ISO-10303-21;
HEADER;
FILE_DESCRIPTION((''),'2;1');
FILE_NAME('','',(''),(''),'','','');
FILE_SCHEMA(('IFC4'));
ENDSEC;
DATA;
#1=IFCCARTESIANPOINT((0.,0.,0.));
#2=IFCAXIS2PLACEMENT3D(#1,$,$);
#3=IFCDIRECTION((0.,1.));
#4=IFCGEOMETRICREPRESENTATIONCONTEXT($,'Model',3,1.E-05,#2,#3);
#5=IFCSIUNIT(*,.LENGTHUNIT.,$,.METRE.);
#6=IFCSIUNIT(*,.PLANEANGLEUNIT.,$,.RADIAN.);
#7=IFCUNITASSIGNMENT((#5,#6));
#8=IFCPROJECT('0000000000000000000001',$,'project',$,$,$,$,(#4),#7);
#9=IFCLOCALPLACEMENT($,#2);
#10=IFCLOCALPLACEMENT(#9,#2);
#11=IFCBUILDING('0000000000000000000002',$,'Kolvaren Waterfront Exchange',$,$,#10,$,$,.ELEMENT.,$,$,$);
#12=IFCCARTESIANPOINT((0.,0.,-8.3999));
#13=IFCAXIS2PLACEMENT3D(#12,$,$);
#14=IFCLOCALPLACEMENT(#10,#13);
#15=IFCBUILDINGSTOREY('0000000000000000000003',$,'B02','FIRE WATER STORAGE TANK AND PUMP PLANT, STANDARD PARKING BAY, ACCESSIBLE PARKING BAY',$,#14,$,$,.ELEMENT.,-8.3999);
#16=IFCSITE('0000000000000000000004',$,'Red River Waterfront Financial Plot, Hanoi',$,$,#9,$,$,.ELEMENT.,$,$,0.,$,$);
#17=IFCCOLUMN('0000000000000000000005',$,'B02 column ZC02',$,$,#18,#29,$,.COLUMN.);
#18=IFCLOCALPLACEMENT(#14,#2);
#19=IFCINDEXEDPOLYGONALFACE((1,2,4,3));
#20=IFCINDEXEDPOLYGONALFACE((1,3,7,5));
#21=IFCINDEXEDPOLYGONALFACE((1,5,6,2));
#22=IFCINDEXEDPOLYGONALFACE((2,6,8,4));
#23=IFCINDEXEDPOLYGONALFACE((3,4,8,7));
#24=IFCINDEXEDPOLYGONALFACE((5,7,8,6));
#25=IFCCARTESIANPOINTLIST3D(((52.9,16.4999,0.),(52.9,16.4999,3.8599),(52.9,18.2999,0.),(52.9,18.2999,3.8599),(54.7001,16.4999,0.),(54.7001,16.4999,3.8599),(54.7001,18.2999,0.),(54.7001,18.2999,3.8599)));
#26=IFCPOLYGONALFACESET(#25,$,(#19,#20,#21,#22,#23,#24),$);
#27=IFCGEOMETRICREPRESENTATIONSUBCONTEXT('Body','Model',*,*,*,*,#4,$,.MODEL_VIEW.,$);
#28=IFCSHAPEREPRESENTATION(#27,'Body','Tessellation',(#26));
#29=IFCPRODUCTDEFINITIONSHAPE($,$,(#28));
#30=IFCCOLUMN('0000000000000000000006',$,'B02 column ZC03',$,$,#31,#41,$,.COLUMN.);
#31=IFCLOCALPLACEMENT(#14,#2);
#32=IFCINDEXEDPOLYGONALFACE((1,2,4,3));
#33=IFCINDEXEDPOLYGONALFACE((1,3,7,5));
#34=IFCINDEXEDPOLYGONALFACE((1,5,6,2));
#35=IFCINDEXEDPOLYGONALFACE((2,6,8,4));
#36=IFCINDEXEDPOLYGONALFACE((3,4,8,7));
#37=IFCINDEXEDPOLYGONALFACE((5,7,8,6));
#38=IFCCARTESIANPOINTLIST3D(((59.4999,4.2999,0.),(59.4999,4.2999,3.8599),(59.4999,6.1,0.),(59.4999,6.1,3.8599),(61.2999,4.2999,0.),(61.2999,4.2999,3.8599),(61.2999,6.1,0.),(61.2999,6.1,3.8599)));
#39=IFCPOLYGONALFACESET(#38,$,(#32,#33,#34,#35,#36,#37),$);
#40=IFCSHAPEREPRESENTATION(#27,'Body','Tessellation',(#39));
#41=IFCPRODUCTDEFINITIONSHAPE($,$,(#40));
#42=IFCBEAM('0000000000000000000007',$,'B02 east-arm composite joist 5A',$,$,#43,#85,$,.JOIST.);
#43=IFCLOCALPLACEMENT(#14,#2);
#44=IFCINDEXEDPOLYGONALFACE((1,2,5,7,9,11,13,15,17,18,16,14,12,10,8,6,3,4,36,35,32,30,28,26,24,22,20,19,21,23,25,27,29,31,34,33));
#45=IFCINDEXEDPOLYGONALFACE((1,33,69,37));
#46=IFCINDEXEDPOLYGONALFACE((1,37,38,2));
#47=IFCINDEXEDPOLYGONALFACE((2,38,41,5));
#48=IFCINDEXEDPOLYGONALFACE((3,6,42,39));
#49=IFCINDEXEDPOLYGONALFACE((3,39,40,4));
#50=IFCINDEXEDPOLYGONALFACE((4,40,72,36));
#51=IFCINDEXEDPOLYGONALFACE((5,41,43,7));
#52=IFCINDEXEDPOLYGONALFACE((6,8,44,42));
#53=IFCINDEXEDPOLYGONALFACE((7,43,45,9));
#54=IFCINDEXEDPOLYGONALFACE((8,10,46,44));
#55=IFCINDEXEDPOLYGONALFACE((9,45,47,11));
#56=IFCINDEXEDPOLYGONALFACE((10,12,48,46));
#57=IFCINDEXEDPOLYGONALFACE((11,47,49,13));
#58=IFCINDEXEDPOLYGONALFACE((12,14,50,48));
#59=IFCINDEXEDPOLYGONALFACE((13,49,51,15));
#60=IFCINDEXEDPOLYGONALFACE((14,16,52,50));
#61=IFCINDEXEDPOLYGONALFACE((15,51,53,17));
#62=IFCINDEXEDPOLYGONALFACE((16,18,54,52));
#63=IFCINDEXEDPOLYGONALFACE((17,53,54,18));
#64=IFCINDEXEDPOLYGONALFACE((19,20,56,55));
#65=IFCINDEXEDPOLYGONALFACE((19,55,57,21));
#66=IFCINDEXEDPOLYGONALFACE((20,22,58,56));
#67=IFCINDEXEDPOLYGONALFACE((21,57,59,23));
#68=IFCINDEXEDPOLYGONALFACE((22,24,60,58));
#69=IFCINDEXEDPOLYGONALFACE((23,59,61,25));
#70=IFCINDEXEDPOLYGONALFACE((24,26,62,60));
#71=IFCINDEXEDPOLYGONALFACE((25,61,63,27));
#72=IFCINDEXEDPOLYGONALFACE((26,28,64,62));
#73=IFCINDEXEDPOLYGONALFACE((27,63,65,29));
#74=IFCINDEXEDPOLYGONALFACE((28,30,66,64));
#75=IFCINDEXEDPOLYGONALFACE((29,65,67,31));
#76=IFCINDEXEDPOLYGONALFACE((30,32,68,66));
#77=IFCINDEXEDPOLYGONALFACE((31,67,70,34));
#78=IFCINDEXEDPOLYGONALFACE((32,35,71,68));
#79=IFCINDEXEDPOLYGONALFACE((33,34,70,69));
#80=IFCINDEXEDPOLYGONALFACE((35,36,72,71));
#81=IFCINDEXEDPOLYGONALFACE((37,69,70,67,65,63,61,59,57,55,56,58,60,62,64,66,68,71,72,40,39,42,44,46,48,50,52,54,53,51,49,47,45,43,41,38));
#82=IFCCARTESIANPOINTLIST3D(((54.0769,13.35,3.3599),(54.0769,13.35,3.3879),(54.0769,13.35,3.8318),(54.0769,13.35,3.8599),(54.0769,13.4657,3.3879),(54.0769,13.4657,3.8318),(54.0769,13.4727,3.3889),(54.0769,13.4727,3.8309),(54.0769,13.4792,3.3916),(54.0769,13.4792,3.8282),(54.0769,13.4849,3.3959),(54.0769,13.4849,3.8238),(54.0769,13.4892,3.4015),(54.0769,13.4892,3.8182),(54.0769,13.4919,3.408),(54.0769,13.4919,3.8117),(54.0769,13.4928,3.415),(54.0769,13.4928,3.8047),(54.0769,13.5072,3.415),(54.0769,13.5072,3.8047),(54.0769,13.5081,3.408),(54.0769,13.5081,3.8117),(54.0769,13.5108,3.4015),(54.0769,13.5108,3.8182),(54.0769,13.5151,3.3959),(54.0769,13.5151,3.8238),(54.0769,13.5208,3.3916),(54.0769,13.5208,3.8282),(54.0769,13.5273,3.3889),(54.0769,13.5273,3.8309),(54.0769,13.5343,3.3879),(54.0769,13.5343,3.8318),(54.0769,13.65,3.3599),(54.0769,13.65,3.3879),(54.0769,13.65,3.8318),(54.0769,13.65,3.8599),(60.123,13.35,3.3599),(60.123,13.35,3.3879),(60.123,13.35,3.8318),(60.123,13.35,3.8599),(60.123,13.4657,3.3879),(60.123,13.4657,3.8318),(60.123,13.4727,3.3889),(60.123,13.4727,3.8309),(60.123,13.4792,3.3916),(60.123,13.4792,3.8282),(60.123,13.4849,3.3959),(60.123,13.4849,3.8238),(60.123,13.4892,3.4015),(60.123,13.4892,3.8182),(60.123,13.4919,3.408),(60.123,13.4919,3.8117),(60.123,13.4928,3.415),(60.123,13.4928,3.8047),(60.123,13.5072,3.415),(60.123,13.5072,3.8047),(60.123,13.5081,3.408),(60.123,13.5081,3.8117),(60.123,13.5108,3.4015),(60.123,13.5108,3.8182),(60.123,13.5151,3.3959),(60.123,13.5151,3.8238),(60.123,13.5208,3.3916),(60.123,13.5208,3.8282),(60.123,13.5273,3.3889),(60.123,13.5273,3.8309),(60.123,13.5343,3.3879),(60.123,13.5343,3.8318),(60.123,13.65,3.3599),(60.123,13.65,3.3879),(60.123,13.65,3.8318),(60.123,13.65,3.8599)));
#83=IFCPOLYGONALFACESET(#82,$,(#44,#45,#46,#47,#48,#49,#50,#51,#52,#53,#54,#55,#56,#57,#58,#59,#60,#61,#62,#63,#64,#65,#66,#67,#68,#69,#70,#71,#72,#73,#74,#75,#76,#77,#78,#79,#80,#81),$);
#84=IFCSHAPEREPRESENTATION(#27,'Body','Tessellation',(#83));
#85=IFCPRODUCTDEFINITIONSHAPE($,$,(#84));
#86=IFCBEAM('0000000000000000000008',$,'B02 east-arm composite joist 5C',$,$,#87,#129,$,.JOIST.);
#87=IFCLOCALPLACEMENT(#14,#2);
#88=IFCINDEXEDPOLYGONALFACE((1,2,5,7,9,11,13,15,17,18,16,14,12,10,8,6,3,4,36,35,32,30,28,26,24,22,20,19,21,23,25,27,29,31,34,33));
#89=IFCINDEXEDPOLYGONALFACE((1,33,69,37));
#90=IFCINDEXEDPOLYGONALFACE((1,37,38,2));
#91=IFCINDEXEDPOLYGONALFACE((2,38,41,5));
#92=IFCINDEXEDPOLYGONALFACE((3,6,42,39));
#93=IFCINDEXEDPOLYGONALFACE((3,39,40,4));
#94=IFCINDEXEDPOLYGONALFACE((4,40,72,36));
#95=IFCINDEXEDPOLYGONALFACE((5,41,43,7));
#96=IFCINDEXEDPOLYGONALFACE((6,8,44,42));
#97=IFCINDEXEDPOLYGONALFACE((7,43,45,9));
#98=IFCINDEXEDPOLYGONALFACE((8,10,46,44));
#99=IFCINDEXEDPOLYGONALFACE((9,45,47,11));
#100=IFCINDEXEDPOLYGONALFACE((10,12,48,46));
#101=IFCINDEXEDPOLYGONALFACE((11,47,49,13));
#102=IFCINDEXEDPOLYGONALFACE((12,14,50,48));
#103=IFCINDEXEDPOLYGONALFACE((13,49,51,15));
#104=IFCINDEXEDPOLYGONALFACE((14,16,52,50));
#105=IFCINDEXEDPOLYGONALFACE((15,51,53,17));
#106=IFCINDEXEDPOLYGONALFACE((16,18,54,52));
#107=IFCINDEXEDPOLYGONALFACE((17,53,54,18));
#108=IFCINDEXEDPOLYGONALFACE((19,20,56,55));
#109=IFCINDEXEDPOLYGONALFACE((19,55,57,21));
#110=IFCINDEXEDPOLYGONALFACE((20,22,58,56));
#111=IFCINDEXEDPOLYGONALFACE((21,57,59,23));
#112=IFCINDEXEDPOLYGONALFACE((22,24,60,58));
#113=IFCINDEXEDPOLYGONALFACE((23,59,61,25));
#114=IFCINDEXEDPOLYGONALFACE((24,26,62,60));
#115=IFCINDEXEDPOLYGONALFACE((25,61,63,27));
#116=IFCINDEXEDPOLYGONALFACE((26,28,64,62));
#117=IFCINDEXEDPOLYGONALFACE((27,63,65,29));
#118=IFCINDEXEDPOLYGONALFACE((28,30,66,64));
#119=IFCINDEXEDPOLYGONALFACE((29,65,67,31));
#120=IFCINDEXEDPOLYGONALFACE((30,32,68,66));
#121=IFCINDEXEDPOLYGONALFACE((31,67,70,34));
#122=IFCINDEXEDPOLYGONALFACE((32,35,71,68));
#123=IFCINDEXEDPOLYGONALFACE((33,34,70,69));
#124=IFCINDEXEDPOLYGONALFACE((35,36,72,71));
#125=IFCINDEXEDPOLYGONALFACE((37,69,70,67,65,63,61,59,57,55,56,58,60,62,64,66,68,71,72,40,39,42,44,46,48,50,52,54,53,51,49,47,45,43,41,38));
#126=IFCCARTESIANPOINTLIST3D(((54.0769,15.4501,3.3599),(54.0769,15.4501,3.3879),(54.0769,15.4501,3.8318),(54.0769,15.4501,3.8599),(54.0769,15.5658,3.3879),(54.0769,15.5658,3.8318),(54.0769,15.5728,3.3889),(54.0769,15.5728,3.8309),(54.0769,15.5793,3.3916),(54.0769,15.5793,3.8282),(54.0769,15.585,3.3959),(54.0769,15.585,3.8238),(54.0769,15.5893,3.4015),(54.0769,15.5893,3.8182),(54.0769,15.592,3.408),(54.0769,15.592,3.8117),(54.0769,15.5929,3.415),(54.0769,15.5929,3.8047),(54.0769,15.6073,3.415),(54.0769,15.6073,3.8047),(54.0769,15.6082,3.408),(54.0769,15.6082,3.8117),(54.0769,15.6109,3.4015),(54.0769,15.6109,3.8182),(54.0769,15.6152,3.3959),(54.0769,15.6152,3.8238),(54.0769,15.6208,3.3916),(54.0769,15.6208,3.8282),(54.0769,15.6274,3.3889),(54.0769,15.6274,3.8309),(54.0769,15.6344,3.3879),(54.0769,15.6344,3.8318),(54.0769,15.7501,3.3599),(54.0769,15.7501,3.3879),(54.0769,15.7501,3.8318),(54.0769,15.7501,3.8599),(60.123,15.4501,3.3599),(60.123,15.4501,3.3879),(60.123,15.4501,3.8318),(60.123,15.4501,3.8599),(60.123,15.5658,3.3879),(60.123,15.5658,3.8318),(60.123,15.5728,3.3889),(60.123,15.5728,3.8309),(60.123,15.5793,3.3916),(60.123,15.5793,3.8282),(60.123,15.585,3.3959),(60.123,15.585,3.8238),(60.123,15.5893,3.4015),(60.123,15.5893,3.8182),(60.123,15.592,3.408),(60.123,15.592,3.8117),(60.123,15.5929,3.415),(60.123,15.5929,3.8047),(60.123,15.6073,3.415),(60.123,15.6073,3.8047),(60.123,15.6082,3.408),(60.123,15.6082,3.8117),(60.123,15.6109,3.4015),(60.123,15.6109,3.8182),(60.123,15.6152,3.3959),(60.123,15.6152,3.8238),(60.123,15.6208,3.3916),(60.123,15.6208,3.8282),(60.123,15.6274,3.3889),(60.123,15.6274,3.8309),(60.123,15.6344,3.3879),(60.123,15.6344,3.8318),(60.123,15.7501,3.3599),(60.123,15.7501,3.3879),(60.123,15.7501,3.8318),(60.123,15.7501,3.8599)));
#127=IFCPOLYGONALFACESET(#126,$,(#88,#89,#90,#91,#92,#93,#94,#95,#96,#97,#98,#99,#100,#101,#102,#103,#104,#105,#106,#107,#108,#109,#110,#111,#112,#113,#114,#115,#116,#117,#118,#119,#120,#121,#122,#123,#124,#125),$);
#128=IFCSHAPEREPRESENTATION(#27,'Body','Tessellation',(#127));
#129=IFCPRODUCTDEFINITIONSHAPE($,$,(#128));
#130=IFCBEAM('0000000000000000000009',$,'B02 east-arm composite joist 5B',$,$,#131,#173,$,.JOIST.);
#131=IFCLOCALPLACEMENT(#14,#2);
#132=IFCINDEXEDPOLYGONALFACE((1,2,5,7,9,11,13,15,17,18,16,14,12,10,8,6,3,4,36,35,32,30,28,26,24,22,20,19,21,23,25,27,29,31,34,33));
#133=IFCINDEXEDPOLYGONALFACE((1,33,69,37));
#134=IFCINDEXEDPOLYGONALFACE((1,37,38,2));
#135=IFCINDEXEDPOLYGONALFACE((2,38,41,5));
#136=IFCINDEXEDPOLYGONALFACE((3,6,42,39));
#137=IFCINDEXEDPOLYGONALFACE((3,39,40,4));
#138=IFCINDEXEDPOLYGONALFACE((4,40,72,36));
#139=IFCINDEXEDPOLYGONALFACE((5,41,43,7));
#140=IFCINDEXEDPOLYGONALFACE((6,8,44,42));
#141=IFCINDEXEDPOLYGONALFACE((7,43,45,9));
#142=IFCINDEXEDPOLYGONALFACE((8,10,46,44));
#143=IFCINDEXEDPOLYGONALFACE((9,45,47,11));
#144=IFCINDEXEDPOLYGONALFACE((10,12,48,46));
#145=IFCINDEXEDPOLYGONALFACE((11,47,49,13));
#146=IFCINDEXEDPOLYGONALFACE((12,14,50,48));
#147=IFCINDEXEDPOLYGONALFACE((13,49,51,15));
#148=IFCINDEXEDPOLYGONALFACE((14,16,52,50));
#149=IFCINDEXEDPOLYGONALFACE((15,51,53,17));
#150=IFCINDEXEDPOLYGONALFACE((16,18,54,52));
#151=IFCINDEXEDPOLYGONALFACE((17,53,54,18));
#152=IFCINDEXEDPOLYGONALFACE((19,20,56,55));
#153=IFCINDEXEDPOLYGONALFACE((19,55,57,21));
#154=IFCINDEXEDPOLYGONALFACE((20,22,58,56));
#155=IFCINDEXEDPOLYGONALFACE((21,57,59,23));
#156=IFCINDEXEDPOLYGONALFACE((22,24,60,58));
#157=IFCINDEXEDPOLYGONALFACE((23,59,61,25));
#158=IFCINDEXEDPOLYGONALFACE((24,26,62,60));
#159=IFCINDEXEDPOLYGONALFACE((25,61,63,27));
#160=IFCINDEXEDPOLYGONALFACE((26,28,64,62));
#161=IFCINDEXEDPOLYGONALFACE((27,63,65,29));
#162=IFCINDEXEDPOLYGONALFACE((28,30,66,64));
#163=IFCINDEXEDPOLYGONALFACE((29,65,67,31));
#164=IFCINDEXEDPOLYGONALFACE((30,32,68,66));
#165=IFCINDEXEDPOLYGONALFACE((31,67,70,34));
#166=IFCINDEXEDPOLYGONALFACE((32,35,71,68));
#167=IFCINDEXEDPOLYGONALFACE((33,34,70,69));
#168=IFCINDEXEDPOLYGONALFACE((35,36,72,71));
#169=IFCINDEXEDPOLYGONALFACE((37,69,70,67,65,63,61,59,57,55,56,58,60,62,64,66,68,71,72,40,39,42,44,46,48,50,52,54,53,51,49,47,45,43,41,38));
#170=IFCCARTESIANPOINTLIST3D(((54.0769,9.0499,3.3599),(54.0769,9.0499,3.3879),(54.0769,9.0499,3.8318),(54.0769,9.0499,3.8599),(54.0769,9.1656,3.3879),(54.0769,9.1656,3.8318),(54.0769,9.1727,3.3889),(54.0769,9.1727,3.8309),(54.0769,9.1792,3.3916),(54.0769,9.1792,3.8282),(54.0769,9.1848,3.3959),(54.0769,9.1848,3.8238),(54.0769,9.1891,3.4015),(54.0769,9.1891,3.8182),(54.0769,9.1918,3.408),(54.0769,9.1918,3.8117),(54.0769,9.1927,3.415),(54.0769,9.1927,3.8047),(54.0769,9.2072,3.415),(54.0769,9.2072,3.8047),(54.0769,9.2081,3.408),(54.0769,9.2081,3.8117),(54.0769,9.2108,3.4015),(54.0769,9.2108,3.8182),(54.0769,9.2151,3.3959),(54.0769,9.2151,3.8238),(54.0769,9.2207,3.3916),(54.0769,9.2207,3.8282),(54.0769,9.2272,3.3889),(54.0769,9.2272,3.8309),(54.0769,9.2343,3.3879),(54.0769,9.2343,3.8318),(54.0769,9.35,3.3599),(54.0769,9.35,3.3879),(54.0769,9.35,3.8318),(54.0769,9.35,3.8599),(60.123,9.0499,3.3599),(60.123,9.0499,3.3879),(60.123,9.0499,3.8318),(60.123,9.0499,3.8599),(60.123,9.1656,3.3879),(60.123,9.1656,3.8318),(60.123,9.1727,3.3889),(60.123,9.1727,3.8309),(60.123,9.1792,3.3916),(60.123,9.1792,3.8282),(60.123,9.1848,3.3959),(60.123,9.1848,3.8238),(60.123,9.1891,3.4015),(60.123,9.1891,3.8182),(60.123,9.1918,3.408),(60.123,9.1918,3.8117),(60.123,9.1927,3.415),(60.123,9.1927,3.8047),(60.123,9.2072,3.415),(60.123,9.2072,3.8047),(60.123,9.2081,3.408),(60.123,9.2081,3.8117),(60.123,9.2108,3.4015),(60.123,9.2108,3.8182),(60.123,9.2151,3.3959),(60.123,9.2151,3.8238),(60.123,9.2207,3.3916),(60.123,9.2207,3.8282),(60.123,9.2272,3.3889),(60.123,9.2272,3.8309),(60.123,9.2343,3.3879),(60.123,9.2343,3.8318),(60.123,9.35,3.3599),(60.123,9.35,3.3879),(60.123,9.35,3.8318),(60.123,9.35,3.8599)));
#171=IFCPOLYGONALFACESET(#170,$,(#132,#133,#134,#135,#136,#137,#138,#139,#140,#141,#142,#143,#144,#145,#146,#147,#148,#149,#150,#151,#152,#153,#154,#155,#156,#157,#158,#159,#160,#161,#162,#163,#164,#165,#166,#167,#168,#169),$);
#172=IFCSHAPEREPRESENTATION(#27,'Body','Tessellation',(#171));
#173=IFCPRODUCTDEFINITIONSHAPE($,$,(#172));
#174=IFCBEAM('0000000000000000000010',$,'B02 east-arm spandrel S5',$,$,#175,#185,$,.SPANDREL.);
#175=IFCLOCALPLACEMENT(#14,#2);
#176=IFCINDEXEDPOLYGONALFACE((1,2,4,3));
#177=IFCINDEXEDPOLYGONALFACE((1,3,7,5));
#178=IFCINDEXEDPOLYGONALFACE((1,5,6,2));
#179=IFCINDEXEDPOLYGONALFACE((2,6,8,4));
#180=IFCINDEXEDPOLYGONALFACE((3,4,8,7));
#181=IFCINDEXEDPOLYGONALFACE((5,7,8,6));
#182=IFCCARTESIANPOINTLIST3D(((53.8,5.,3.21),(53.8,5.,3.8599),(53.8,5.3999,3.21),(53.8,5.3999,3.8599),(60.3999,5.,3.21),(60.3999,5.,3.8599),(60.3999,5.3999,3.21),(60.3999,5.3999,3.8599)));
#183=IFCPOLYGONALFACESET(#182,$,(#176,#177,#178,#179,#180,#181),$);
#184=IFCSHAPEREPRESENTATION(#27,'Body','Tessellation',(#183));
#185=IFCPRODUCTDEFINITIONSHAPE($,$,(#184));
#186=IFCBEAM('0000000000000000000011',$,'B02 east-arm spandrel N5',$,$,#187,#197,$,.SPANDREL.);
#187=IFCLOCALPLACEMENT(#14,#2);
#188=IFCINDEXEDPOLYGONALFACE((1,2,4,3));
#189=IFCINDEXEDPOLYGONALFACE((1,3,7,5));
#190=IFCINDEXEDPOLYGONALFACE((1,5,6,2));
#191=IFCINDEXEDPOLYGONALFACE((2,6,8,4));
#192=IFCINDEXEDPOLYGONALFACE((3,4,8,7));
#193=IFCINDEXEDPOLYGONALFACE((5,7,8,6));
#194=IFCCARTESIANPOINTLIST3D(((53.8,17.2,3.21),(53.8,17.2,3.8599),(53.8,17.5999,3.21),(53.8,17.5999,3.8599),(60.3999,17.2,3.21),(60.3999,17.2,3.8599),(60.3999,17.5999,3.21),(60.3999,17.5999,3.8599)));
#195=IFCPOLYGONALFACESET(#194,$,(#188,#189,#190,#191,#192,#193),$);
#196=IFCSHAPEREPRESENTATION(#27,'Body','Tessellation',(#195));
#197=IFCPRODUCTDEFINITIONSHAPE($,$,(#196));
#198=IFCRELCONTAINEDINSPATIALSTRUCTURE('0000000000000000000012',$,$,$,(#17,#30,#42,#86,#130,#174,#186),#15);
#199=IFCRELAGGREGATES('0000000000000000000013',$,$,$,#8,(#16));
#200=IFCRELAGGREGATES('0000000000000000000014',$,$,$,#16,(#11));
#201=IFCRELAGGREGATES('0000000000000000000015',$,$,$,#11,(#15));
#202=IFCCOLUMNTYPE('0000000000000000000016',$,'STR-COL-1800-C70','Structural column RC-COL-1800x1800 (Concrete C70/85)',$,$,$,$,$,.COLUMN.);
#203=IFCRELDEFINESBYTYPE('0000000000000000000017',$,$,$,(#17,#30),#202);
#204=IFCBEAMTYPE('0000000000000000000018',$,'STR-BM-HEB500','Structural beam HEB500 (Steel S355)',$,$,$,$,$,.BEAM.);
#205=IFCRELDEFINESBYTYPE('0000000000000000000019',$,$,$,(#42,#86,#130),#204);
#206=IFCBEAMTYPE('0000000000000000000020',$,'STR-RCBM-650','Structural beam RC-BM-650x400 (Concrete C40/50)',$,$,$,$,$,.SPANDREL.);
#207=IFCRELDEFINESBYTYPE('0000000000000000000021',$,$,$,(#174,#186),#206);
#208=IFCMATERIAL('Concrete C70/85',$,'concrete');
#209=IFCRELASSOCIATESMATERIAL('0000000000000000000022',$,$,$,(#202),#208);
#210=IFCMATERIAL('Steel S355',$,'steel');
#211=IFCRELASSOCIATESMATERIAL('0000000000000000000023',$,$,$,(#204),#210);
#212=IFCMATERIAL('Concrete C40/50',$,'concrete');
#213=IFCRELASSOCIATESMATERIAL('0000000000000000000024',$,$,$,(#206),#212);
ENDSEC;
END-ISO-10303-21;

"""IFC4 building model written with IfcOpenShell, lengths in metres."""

from ifc_helpers import new_model, si_unit, direction, frame, origin, origin_2d, place, context, subcontext, project, spatial, rectangle, i_section, extrude, material, material_profile, profile_set, type_object, element, save


model = new_model("IFC4")

# Units and contexts
model_context = context("Model", 3, precision=1e-05, world=origin(), true_north=direction((0.0, 1.0)))
body_context = subcontext(model_context, "Body", "Model", "MODEL_VIEW")
ifc_project = project(units=[si_unit("LENGTHUNIT", "METRE"), si_unit("PLANEANGLEUNIT", "RADIAN")], contexts=[model_context])

# Site, building, storey
site_placement = place(None, origin())
site = spatial("IfcSite", under=ifc_project, at=site_placement, Name="Red River Waterfront Financial Plot, Hanoi", CompositionType="ELEMENT", RefElevation=0.0)
building_placement = place(site_placement, origin())
building = spatial("IfcBuilding", under=site, at=building_placement, Name="Kolvaren Waterfront Exchange", CompositionType="ELEMENT")
storey_placement = place(building_placement, frame((0.0, 0.0, -8.3999)))
storey = spatial("IfcBuildingStorey", under=building, at=storey_placement, Name="B02", Description="FIRE WATER STORAGE TANK AND PUMP PLANT, STANDARD PARKING BAY, ACCESSIBLE PARKING BAY", CompositionType="ELEMENT", Elevation=-8.3999)

# Columns
ifc_material_1 = material(Name="Concrete C70/85", Category="concrete")
ifc_material_profile_1 = material_profile(ifc_material_1, rectangle(XDim=1.8, YDim=1.8, at=origin_2d()), Name="RC-COL-1800x1800")
ifc_profile_set_1 = profile_set([ifc_material_profile_1], Name="Concrete C70/85")
column_type = type_object("IfcColumnType", Name="STR-COL-1800-C70", Description="Structural column RC-COL-1800x1800 (Concrete C70/85)", PredefinedType="COLUMN", material=ifc_profile_set_1)
for number, where, z_axis, x_axis, name in (
    (1, (53.8, 17.3999, 0.0), (0.0, 0.0, 1.0), (1.0, 0.0, 0.0), "B02 column ZC02"),
    (2, (60.3999, 5.2, 0.0), (0.0, 0.0, 1.0), (1.0, 0.0, 0.0), "B02 column ZC03"),
):
    element("IfcColumn", number, at=place(storey_placement, frame(where, z_axis=z_axis, x_axis=x_axis)), inside=storey, type_object=column_type, Name=name, PredefinedType="COLUMN", context=body_context, shape_type="SweptSolid", body=[
        extrude(rectangle(XDim=1.8, YDim=1.8, at=origin_2d()), origin(), (0.0, 0.0, 1.0), 3.8599),
    ])

# Beams
ifc_material_2 = material(Name="Steel S355", Category="steel")
ifc_material_profile_2 = material_profile(ifc_material_2, i_section(OverallWidth=0.3, OverallDepth=0.5, WebThickness=0.0144, FlangeThickness=0.0281, FilletRadius=0.0271, at=origin_2d()), Name="HEB500")
ifc_profile_set_2 = profile_set([ifc_material_profile_2], Name="Steel S355")
beam_type_1 = type_object("IfcBeamType", Name="STR-BM-HEB500", Description="Structural beam HEB500 (Steel S355)", PredefinedType="BEAM", material=ifc_profile_set_2)
for number, where, z_axis, x_axis, name in (
    (3, (54.0769, 13.5, 3.6099), (1.0, 0.0, 0.0), (0.0, 1.0, 0.0), "B02 east-arm composite joist 5A"),
    (4, (54.0769, 15.6001, 3.6099), (1.0, 0.0, 0.0), (0.0, 1.0, 0.0), "B02 east-arm composite joist 5C"),
    (5, (54.0769, 9.2, 3.6099), (1.0, 0.0, 0.0), (0.0, 1.0, 0.0), "B02 east-arm composite joist 5B"),
):
    element("IfcBeam", number, at=place(storey_placement, frame(where, z_axis=z_axis, x_axis=x_axis)), inside=storey, type_object=beam_type_1, Name=name, PredefinedType="JOIST", context=body_context, shape_type="SweptSolid", body=[
        extrude(i_section(OverallWidth=0.3, OverallDepth=0.5, WebThickness=0.0144, FlangeThickness=0.0281, FilletRadius=0.0271, at=origin_2d()), origin(), (0.0, 0.0, 1.0), 6.0461),
    ])
ifc_material_3 = material(Name="Concrete C40/50", Category="concrete")
ifc_material_profile_3 = material_profile(ifc_material_3, rectangle(XDim=0.3999, YDim=0.6499, at=origin_2d()), Name="RC-BM-650x400")
ifc_profile_set_3 = profile_set([ifc_material_profile_3], Name="Concrete C40/50")
beam_type_2 = type_object("IfcBeamType", Name="STR-RCBM-650", Description="Structural beam RC-BM-650x400 (Concrete C40/50)", PredefinedType="SPANDREL", material=ifc_profile_set_3)
for number, where, z_axis, x_axis, name in (
    (6, (53.8, 5.2, 3.5349), (1.0, 0.0, 0.0), (0.0, 1.0, 0.0), "B02 east-arm spandrel S5"),
    (7, (53.8, 17.3999, 3.5349), (1.0, 0.0, 0.0), (0.0, 1.0, 0.0), "B02 east-arm spandrel N5"),
):
    element("IfcBeam", number, at=place(storey_placement, frame(where, z_axis=z_axis, x_axis=x_axis)), inside=storey, type_object=beam_type_2, Name=name, PredefinedType="SPANDREL", context=body_context, shape_type="SweptSolid", body=[
        extrude(rectangle(XDim=0.3999, YDim=0.6499, at=origin_2d()), origin(), (0.0, 0.0, 1.0), 6.5999),
    ])

save(model, "model.ifc")
